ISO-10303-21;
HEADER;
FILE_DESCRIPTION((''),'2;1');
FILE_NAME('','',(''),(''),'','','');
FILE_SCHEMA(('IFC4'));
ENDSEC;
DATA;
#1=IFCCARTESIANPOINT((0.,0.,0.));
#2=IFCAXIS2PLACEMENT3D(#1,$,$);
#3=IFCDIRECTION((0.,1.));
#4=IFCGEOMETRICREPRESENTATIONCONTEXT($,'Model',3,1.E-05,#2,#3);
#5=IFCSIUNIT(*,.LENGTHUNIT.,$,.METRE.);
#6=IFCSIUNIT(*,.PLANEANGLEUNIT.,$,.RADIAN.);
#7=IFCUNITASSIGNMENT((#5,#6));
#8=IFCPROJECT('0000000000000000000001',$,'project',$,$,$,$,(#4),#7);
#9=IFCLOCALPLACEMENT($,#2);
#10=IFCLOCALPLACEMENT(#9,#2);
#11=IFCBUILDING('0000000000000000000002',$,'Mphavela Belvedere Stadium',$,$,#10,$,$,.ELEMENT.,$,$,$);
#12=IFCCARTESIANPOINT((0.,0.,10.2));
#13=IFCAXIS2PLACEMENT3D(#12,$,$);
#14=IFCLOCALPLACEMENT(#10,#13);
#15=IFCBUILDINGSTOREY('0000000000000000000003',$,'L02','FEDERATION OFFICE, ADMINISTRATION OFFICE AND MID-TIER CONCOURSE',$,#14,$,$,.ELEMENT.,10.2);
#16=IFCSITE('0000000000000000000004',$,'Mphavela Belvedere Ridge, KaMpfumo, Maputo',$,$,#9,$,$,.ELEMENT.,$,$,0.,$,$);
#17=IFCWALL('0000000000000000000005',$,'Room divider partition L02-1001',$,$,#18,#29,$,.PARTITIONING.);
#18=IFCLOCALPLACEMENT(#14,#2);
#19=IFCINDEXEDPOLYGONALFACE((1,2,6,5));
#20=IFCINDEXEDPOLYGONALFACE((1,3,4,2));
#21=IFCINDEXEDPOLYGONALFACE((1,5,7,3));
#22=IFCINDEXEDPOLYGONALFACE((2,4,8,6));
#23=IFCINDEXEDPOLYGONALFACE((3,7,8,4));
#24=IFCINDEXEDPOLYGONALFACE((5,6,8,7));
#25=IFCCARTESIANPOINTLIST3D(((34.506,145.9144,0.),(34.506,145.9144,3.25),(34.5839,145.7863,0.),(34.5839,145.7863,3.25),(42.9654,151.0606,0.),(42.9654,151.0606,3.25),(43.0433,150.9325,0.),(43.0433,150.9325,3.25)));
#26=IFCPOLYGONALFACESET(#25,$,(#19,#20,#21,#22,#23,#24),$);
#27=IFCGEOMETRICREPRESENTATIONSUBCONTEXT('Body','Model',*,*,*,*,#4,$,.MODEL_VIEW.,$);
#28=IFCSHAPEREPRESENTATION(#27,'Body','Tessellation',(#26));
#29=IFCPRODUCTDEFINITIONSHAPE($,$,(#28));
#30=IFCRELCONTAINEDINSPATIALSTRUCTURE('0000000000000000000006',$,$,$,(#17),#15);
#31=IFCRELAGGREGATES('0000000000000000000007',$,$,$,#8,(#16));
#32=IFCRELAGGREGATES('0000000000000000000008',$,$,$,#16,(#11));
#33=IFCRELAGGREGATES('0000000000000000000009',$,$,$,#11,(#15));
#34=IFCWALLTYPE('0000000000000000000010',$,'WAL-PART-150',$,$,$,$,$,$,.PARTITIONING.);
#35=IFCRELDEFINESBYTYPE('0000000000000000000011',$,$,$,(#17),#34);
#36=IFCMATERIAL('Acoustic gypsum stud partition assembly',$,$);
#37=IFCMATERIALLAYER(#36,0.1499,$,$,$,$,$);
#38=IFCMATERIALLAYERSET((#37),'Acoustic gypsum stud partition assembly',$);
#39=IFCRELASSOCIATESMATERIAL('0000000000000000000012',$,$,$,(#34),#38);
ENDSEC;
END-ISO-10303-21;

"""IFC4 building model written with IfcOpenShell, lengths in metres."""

from ifc_helpers import new_model, si_unit, direction, frame, frame_2d, origin, place, context, subcontext, project, spatial, rectangle, extrude, material, layer, layer_set, type_object, element, save


model = new_model("IFC4")

# Units and contexts
model_context = context("Model", 3, precision=1e-05, world=origin(), true_north=direction((0.0, 1.0)))
body_context = subcontext(model_context, "Body", "Model", "MODEL_VIEW")
ifc_project = project(units=[si_unit("LENGTHUNIT", "METRE"), si_unit("PLANEANGLEUNIT", "RADIAN")], contexts=[model_context])

# Site, building, storey
site_placement = place(None, origin())
site = spatial("IfcSite", under=ifc_project, at=site_placement, Name="Mphavela Belvedere Ridge, KaMpfumo, Maputo", CompositionType="ELEMENT", RefElevation=0.0)
building_placement = place(site_placement, origin())
building = spatial("IfcBuilding", under=site, at=building_placement, Name="Mphavela Belvedere Stadium", CompositionType="ELEMENT")
storey_placement = place(building_placement, frame((0.0, 0.0, 10.2)))
storey = spatial("IfcBuildingStorey", under=building, at=storey_placement, Name="L02", Description="FEDERATION OFFICE, ADMINISTRATION OFFICE AND MID-TIER CONCOURSE", CompositionType="ELEMENT", Elevation=10.2)

# Wall
ifc_material_1 = material(Name="Acoustic gypsum stud partition assembly")
ifc_layer_1 = layer(ifc_material_1, 0.1499)
ifc_layer_set_1 = layer_set([ifc_layer_1], Name="Acoustic gypsum stud partition assembly")
wall_type_1 = type_object("IfcWallType", Name="WAL-PART-150", PredefinedType="PARTITIONING", material=ifc_layer_set_1)
wall_1_placement = place(storey_placement, frame((43.0044, 150.9966, 0.0), z_axis=(0.0, 0.0, 1.0), x_axis=(-0.854333, -0.519726, 0.0)))
element("IfcWall", 1, at=wall_1_placement, inside=storey, type_object=wall_type_1, Name="Room divider partition L02-1001", PredefinedType="PARTITIONING", context=body_context, shape_type="SweptSolid", body=[
    extrude(rectangle(XDim=9.9019, YDim=0.1499, at=frame_2d((4.9509, 0.0))), origin(), (0.0, 0.0, 1.0), 3.25),
])

save(model, "model.ifc")
